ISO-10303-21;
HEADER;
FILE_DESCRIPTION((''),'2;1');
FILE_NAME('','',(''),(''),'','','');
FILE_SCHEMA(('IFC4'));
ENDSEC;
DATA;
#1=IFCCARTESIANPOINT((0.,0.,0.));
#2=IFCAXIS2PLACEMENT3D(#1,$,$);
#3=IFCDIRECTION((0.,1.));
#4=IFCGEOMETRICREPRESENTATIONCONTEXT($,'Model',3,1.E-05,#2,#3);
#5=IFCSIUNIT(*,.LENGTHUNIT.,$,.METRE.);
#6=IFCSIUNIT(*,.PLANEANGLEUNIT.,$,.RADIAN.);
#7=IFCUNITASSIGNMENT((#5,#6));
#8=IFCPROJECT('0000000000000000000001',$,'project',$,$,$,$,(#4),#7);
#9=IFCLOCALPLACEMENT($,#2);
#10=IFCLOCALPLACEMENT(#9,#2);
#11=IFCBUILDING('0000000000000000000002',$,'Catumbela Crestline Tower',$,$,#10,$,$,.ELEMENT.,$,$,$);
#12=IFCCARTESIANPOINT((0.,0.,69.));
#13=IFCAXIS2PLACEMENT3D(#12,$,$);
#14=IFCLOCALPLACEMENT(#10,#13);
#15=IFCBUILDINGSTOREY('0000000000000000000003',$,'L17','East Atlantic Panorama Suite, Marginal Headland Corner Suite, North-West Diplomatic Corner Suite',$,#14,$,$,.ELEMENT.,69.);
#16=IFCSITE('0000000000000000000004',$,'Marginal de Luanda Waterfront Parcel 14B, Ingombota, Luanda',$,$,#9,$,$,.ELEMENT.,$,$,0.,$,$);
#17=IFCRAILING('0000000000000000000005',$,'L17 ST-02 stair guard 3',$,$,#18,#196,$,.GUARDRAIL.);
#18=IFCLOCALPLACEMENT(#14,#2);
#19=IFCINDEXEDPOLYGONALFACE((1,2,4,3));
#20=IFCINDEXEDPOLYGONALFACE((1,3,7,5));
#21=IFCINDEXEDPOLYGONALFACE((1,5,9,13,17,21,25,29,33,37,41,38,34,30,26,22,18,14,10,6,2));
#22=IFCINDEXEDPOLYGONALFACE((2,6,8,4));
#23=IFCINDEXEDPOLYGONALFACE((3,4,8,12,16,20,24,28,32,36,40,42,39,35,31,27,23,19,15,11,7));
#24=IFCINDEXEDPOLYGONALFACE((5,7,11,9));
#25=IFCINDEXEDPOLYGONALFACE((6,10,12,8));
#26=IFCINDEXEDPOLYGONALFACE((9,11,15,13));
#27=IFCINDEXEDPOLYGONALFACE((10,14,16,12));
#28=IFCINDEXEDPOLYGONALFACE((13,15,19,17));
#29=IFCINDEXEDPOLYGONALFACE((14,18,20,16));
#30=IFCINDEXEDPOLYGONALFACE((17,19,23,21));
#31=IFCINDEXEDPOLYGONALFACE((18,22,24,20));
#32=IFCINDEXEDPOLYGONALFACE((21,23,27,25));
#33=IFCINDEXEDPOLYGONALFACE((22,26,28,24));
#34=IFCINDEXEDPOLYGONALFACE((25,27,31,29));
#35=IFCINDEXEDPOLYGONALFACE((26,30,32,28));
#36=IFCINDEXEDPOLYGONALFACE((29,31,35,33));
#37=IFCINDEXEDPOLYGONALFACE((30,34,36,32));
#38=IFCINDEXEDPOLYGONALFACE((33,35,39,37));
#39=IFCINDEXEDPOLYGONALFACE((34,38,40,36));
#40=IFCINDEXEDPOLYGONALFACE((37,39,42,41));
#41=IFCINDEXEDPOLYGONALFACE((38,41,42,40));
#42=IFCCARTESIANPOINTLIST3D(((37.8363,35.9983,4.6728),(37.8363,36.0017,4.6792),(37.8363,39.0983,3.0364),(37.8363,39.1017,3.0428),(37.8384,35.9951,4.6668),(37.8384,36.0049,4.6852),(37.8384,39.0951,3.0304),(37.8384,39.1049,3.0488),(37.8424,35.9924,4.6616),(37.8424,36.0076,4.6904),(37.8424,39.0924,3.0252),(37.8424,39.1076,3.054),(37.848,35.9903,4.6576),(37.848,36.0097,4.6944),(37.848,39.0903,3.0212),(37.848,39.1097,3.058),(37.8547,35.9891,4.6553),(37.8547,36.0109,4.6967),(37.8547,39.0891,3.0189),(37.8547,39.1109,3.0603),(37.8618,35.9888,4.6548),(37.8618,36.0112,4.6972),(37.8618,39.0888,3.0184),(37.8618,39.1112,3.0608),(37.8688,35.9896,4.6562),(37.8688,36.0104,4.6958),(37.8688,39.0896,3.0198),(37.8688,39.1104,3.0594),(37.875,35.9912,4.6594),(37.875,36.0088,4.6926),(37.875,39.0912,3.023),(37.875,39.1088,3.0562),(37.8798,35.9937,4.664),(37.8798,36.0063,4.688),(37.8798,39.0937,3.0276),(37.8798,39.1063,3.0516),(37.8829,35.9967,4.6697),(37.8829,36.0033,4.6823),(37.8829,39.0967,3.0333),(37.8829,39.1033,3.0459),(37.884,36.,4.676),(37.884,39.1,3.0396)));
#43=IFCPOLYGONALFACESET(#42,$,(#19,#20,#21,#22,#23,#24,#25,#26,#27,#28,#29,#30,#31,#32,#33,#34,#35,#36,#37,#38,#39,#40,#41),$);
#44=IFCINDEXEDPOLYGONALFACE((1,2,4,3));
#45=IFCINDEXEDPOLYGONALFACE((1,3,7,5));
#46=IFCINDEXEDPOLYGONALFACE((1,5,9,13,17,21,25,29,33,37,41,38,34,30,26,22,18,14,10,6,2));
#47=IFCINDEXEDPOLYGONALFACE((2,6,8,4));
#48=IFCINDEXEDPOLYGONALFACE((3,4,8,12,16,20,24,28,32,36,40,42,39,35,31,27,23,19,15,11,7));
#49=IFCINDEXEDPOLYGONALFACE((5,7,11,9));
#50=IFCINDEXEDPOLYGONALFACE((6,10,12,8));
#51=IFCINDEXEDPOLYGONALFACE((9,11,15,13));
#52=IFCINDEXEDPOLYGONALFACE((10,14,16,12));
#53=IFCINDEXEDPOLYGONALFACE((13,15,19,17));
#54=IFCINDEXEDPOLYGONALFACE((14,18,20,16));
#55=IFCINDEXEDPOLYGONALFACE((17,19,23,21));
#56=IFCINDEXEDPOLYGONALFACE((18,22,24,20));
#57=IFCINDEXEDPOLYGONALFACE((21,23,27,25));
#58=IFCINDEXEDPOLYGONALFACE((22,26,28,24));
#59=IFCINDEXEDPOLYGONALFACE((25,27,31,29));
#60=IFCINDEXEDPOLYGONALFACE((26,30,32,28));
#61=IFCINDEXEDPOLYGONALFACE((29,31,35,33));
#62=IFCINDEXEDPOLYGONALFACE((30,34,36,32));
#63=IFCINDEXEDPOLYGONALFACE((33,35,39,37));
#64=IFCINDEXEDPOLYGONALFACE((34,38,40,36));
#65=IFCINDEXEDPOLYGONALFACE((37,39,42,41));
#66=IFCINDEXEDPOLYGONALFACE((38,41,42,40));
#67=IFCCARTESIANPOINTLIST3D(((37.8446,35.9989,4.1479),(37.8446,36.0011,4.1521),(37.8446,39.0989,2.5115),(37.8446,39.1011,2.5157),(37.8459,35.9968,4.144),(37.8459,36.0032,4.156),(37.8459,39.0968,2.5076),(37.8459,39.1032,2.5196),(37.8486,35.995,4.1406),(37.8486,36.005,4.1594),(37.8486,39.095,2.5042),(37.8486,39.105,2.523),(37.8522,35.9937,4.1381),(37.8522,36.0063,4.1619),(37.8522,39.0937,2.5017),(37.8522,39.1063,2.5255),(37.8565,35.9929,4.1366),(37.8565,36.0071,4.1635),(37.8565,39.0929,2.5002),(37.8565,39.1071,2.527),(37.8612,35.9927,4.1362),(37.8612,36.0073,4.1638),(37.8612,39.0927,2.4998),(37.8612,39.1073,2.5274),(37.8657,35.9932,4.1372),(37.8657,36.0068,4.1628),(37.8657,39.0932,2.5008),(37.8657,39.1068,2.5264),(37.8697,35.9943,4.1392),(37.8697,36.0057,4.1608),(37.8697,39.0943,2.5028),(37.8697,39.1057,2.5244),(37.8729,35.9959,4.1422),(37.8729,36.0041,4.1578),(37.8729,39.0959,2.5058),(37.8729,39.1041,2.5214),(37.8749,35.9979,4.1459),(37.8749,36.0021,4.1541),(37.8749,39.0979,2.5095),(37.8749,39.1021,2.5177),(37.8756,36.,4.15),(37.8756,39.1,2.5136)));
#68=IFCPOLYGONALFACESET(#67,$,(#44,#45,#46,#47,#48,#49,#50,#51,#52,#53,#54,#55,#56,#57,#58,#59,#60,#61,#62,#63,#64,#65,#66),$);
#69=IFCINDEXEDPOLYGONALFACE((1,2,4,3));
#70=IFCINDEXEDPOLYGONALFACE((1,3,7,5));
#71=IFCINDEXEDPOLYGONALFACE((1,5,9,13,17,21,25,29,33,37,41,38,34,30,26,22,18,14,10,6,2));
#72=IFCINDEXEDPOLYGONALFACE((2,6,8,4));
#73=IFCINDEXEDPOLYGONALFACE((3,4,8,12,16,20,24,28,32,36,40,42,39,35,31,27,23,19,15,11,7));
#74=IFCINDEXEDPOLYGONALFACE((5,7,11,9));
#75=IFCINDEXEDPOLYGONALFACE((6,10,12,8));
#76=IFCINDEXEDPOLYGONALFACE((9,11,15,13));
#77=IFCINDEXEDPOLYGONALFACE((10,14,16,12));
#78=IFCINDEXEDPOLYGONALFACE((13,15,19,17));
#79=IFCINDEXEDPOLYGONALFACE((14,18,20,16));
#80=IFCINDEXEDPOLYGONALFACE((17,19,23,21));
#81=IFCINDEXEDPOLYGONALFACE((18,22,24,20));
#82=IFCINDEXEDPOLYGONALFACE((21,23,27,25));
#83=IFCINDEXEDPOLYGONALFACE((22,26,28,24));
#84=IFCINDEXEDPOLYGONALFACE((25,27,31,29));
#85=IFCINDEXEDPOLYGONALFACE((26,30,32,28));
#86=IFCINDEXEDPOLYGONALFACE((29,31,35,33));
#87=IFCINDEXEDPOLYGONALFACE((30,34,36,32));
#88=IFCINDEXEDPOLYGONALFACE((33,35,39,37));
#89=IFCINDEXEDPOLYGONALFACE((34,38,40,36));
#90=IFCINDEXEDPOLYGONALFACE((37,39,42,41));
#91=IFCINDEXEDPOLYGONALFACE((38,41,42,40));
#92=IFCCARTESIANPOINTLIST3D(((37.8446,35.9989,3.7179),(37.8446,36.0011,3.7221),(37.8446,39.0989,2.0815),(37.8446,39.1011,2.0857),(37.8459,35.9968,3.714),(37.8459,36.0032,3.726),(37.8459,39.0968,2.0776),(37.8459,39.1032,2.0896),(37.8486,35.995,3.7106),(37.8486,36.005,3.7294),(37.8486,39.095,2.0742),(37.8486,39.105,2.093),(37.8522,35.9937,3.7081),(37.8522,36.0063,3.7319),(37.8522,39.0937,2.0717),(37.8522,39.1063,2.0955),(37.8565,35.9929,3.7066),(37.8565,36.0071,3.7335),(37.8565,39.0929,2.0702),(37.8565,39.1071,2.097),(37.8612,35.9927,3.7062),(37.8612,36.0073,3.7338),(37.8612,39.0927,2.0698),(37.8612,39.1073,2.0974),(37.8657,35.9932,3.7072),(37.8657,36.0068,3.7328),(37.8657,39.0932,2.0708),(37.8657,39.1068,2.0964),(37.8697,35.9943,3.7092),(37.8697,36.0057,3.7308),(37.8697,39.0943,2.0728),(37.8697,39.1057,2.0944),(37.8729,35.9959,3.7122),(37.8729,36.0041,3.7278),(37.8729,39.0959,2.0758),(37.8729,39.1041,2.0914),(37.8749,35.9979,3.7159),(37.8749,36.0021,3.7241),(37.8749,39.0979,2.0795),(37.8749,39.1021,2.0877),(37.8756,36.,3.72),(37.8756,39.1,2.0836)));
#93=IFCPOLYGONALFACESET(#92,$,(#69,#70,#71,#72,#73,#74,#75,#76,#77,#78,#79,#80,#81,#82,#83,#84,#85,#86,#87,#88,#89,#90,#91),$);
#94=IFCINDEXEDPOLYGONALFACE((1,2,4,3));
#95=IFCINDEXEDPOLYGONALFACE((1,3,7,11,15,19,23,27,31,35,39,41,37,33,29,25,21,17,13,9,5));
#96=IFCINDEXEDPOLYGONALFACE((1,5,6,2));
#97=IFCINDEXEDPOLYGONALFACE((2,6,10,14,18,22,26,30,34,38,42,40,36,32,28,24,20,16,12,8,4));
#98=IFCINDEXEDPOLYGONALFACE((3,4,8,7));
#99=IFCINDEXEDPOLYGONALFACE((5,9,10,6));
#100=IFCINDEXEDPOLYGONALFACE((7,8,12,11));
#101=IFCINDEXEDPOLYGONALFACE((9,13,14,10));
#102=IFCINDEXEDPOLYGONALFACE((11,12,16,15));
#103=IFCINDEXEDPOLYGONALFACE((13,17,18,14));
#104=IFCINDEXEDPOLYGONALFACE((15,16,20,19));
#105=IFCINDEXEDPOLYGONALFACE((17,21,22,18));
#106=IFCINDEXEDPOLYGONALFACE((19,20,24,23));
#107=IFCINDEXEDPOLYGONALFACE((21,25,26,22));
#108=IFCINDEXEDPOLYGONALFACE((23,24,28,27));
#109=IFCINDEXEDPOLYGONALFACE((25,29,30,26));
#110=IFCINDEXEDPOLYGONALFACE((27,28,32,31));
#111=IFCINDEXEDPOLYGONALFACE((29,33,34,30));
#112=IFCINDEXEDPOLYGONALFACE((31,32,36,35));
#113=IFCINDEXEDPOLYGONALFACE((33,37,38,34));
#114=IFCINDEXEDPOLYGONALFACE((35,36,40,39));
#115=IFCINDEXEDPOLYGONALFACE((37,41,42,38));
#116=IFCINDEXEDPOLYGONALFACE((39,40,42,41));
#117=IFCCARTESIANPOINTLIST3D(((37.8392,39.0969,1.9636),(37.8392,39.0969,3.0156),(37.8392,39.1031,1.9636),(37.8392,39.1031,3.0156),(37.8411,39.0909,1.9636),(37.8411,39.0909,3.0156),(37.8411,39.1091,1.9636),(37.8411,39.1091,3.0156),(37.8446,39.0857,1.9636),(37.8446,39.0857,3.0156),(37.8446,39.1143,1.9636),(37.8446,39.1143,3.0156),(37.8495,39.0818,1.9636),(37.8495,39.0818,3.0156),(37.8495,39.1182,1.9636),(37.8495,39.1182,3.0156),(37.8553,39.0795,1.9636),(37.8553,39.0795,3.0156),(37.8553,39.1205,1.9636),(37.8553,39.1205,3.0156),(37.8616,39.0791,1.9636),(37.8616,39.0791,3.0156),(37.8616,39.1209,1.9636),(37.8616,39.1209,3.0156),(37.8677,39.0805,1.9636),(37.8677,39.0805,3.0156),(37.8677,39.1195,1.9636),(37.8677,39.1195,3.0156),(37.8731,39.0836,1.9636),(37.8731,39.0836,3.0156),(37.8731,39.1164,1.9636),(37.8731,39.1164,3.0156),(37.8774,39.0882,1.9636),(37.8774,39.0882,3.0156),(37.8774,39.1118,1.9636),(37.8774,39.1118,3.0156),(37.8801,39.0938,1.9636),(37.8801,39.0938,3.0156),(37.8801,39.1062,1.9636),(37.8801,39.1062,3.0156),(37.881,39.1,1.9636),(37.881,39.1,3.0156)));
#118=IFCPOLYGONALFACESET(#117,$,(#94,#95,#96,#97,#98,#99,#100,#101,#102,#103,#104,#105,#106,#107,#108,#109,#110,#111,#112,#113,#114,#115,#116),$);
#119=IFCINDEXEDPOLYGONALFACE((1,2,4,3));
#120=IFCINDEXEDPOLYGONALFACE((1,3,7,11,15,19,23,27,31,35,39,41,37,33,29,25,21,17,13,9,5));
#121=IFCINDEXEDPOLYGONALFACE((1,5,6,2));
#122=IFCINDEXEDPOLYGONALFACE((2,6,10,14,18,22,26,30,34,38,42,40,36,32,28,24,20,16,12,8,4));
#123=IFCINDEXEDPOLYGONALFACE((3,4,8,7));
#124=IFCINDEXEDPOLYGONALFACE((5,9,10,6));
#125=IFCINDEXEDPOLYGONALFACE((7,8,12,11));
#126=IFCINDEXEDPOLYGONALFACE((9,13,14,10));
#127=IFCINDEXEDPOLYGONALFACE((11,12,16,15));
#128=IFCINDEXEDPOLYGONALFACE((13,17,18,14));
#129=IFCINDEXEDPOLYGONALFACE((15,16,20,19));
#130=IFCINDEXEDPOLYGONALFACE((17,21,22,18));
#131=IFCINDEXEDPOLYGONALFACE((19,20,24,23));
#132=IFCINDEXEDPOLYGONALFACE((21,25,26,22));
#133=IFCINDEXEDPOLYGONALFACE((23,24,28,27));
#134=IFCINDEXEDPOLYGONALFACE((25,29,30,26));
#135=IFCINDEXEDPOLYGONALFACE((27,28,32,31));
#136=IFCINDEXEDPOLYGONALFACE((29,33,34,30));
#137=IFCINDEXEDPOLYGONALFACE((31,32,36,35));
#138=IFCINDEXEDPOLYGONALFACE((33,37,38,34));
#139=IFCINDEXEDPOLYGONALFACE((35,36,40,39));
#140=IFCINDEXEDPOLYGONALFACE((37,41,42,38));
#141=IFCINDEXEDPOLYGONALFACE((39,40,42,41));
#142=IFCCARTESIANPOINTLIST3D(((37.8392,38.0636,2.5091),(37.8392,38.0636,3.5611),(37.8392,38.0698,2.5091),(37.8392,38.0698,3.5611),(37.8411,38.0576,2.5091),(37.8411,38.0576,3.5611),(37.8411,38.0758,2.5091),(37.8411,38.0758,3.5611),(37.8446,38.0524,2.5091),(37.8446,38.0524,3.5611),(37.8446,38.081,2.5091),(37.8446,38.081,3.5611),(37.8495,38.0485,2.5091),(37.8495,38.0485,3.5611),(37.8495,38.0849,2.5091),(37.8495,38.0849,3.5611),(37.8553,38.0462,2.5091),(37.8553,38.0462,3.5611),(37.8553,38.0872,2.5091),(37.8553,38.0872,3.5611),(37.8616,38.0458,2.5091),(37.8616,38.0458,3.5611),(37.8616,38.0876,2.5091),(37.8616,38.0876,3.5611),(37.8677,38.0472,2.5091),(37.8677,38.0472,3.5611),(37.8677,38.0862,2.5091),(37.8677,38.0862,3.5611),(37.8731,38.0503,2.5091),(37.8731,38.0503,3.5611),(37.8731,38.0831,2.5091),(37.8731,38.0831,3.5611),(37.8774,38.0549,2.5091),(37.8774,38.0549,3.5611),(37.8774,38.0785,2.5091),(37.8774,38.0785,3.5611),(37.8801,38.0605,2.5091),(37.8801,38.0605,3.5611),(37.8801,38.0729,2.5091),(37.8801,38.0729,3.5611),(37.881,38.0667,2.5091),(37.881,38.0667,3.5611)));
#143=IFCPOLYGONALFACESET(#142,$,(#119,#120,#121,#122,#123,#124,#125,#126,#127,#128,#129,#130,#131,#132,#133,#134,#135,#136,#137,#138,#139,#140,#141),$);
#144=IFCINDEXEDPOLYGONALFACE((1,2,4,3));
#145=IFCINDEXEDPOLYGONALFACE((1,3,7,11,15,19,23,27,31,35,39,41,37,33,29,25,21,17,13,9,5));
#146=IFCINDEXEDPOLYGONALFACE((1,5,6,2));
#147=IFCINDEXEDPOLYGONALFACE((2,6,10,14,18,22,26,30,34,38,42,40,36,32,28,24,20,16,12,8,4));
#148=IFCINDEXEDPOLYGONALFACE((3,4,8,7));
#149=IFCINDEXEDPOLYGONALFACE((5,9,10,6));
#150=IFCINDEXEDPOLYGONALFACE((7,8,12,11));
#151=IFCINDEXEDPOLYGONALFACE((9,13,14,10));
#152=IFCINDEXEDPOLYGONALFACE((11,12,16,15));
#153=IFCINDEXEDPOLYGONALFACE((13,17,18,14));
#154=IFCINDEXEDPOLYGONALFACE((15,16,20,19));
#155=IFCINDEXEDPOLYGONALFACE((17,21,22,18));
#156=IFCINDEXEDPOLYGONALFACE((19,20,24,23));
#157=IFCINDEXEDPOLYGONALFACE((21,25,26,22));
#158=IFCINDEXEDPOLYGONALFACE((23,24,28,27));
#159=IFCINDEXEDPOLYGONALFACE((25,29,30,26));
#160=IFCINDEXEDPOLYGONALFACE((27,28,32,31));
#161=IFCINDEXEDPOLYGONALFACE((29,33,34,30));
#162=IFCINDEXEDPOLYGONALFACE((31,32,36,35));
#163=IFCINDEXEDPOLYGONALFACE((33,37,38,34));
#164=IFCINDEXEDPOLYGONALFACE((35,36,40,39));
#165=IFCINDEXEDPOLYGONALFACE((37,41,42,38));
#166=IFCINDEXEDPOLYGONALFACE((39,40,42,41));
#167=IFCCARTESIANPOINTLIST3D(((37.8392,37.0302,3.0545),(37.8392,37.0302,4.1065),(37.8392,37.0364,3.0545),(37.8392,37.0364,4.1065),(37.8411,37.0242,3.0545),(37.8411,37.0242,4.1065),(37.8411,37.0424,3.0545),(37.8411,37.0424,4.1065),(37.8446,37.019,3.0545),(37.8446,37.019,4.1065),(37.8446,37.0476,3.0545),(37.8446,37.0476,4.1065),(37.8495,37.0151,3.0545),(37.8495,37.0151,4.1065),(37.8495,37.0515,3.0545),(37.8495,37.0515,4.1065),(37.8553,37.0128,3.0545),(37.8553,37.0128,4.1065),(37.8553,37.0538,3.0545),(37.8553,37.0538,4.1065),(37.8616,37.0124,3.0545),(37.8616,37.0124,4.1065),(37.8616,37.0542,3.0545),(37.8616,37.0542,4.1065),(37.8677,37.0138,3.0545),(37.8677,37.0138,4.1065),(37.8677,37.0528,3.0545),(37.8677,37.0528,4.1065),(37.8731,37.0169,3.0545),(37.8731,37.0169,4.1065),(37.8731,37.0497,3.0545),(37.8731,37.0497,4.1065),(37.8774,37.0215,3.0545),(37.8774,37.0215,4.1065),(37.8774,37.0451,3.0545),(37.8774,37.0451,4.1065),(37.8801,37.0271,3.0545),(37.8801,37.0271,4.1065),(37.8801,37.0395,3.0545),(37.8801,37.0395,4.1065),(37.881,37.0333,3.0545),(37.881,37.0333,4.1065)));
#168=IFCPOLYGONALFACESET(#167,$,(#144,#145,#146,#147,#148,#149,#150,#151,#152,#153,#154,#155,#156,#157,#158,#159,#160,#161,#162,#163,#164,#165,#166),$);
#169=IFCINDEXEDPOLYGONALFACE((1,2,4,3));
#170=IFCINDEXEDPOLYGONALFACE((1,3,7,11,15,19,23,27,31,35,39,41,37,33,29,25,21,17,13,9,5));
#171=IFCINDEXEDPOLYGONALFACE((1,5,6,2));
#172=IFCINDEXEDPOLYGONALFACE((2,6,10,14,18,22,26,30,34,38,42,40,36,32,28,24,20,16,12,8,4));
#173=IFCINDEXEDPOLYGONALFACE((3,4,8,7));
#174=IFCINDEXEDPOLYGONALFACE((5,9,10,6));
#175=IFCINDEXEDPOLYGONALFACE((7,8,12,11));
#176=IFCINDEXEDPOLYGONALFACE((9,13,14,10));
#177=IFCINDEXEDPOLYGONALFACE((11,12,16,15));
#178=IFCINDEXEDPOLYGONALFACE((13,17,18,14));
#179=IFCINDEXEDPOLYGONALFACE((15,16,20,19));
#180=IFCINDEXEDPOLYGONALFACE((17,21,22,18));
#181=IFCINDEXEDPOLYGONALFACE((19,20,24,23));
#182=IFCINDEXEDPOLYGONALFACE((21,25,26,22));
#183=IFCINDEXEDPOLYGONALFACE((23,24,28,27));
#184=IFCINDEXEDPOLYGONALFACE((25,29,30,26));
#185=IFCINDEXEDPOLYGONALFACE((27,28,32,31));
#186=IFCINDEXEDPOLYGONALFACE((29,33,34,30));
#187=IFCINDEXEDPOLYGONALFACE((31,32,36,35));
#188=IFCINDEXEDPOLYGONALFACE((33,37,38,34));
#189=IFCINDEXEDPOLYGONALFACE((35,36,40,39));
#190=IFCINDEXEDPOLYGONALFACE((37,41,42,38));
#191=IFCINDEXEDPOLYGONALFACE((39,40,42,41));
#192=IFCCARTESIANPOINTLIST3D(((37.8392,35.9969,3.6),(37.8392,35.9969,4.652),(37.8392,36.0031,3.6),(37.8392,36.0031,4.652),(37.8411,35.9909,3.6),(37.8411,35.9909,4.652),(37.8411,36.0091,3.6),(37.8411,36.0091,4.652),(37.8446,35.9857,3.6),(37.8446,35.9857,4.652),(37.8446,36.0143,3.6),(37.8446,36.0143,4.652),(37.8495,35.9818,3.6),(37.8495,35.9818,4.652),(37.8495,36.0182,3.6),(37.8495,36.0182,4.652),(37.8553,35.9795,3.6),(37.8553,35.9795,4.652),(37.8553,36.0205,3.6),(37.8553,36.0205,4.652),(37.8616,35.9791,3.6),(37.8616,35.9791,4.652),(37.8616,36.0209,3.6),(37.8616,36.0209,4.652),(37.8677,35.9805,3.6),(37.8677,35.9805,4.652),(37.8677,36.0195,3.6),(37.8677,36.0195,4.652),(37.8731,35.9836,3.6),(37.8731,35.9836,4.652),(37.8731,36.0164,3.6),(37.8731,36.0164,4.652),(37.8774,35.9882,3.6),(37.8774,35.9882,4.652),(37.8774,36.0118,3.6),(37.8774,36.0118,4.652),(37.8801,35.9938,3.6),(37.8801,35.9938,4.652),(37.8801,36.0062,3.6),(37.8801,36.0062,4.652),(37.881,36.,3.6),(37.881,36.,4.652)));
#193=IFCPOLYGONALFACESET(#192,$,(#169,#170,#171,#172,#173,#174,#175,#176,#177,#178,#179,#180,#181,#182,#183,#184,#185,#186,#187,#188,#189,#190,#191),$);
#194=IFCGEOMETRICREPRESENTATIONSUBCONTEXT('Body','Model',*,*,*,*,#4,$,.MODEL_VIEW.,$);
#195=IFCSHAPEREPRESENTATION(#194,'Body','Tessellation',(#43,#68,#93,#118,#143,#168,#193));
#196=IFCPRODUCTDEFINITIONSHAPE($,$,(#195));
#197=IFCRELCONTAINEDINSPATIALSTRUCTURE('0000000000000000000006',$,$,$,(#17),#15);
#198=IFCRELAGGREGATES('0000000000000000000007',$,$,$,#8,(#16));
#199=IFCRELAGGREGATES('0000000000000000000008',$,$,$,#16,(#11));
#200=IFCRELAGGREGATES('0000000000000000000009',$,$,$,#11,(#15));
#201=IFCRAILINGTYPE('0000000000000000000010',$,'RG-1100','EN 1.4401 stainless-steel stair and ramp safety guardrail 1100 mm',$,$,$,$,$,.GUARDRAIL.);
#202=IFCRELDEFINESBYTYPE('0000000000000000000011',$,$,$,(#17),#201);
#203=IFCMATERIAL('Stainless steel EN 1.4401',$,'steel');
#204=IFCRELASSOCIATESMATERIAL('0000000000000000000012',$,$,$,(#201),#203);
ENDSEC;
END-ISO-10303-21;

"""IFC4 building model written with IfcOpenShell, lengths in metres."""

from ifc_helpers import new_model, si_unit, direction, frame, origin, origin_2d, place, context, subcontext, project, spatial, circle, extrude, material, type_object, element, save


model = new_model("IFC4")

# Units and contexts
model_context = context("Model", 3, precision=1e-05, world=origin(), true_north=direction((0.0, 1.0)))
body_context = subcontext(model_context, "Body", "Model", "MODEL_VIEW")
ifc_project = project(units=[si_unit("LENGTHUNIT", "METRE"), si_unit("PLANEANGLEUNIT", "RADIAN")], contexts=[model_context])

# Site, building, storey
site_placement = place(None, origin())
site = spatial("IfcSite", under=ifc_project, at=site_placement, Name="Marginal de Luanda Waterfront Parcel 14B, Ingombota, Luanda", CompositionType="ELEMENT", RefElevation=0.0)
building_placement = place(site_placement, origin())
building = spatial("IfcBuilding", under=site, at=building_placement, Name="Catumbela Crestline Tower", CompositionType="ELEMENT")
storey_placement = place(building_placement, frame((0.0, 0.0, 69.0)))
storey = spatial("IfcBuildingStorey", under=building, at=storey_placement, Name="L17", Description="East Atlantic Panorama Suite, Marginal Headland Corner Suite, North-West Diplomatic Corner Suite", CompositionType="ELEMENT", Elevation=69.0)

# Shared definitions
ifc_material_1 = material(Name="Stainless steel EN 1.4401", Category="steel")

# Railing
railing_type_1 = type_object("IfcRailingType", Name="RG-1100", Description="EN 1.4401 stainless-steel stair and ramp safety guardrail 1100 mm", PredefinedType="GUARDRAIL", material=ifc_material_1)
railing_1_placement = place(storey_placement, frame((37.86, 39.1, 1.9636)))
element("IfcRailing", 1, at=railing_1_placement, inside=storey, type_object=railing_type_1, Name="L17 ST-02 stair guard 3", PredefinedType="GUARDRAIL", context=body_context, shape_type="SweptSolid", body=[
    extrude(circle(Radius=0.024, at=origin_2d()), frame((0.0, 0.0, 1.076), z_axis=(0.0, -0.884351, 0.466823), x_axis=(1.0, 0.0, 0.0)), (0.0, 0.0, 1.0), 3.5054),
    extrude(circle(Radius=0.0156, at=origin_2d()), frame((0.0, 0.0, 0.55), z_axis=(0.0, -0.884351, 0.466823), x_axis=(1.0, 0.0, 0.0)), (0.0, 0.0, 1.0), 3.5054),
    extrude(circle(Radius=0.0156, at=origin_2d()), frame((0.0, 0.0, 0.12), z_axis=(0.0, -0.884351, 0.466823), x_axis=(1.0, 0.0, 0.0)), (0.0, 0.0, 1.0), 3.5054),
    extrude(circle(Radius=0.021, at=origin_2d()), origin(), (0.0, 0.0, 1.0), 1.052),
    extrude(circle(Radius=0.021, at=origin_2d()), frame((0.0, -1.0333, 0.5455)), (0.0, 0.0, 1.0), 1.052),
    extrude(circle(Radius=0.021, at=origin_2d()), frame((0.0, -2.0667, 1.0909)), (0.0, 0.0, 1.0), 1.052),
    extrude(circle(Radius=0.021, at=origin_2d()), frame((0.0, -3.1, 1.6364)), (0.0, 0.0, 1.0), 1.052),
])

save(model, "model.ifc")
